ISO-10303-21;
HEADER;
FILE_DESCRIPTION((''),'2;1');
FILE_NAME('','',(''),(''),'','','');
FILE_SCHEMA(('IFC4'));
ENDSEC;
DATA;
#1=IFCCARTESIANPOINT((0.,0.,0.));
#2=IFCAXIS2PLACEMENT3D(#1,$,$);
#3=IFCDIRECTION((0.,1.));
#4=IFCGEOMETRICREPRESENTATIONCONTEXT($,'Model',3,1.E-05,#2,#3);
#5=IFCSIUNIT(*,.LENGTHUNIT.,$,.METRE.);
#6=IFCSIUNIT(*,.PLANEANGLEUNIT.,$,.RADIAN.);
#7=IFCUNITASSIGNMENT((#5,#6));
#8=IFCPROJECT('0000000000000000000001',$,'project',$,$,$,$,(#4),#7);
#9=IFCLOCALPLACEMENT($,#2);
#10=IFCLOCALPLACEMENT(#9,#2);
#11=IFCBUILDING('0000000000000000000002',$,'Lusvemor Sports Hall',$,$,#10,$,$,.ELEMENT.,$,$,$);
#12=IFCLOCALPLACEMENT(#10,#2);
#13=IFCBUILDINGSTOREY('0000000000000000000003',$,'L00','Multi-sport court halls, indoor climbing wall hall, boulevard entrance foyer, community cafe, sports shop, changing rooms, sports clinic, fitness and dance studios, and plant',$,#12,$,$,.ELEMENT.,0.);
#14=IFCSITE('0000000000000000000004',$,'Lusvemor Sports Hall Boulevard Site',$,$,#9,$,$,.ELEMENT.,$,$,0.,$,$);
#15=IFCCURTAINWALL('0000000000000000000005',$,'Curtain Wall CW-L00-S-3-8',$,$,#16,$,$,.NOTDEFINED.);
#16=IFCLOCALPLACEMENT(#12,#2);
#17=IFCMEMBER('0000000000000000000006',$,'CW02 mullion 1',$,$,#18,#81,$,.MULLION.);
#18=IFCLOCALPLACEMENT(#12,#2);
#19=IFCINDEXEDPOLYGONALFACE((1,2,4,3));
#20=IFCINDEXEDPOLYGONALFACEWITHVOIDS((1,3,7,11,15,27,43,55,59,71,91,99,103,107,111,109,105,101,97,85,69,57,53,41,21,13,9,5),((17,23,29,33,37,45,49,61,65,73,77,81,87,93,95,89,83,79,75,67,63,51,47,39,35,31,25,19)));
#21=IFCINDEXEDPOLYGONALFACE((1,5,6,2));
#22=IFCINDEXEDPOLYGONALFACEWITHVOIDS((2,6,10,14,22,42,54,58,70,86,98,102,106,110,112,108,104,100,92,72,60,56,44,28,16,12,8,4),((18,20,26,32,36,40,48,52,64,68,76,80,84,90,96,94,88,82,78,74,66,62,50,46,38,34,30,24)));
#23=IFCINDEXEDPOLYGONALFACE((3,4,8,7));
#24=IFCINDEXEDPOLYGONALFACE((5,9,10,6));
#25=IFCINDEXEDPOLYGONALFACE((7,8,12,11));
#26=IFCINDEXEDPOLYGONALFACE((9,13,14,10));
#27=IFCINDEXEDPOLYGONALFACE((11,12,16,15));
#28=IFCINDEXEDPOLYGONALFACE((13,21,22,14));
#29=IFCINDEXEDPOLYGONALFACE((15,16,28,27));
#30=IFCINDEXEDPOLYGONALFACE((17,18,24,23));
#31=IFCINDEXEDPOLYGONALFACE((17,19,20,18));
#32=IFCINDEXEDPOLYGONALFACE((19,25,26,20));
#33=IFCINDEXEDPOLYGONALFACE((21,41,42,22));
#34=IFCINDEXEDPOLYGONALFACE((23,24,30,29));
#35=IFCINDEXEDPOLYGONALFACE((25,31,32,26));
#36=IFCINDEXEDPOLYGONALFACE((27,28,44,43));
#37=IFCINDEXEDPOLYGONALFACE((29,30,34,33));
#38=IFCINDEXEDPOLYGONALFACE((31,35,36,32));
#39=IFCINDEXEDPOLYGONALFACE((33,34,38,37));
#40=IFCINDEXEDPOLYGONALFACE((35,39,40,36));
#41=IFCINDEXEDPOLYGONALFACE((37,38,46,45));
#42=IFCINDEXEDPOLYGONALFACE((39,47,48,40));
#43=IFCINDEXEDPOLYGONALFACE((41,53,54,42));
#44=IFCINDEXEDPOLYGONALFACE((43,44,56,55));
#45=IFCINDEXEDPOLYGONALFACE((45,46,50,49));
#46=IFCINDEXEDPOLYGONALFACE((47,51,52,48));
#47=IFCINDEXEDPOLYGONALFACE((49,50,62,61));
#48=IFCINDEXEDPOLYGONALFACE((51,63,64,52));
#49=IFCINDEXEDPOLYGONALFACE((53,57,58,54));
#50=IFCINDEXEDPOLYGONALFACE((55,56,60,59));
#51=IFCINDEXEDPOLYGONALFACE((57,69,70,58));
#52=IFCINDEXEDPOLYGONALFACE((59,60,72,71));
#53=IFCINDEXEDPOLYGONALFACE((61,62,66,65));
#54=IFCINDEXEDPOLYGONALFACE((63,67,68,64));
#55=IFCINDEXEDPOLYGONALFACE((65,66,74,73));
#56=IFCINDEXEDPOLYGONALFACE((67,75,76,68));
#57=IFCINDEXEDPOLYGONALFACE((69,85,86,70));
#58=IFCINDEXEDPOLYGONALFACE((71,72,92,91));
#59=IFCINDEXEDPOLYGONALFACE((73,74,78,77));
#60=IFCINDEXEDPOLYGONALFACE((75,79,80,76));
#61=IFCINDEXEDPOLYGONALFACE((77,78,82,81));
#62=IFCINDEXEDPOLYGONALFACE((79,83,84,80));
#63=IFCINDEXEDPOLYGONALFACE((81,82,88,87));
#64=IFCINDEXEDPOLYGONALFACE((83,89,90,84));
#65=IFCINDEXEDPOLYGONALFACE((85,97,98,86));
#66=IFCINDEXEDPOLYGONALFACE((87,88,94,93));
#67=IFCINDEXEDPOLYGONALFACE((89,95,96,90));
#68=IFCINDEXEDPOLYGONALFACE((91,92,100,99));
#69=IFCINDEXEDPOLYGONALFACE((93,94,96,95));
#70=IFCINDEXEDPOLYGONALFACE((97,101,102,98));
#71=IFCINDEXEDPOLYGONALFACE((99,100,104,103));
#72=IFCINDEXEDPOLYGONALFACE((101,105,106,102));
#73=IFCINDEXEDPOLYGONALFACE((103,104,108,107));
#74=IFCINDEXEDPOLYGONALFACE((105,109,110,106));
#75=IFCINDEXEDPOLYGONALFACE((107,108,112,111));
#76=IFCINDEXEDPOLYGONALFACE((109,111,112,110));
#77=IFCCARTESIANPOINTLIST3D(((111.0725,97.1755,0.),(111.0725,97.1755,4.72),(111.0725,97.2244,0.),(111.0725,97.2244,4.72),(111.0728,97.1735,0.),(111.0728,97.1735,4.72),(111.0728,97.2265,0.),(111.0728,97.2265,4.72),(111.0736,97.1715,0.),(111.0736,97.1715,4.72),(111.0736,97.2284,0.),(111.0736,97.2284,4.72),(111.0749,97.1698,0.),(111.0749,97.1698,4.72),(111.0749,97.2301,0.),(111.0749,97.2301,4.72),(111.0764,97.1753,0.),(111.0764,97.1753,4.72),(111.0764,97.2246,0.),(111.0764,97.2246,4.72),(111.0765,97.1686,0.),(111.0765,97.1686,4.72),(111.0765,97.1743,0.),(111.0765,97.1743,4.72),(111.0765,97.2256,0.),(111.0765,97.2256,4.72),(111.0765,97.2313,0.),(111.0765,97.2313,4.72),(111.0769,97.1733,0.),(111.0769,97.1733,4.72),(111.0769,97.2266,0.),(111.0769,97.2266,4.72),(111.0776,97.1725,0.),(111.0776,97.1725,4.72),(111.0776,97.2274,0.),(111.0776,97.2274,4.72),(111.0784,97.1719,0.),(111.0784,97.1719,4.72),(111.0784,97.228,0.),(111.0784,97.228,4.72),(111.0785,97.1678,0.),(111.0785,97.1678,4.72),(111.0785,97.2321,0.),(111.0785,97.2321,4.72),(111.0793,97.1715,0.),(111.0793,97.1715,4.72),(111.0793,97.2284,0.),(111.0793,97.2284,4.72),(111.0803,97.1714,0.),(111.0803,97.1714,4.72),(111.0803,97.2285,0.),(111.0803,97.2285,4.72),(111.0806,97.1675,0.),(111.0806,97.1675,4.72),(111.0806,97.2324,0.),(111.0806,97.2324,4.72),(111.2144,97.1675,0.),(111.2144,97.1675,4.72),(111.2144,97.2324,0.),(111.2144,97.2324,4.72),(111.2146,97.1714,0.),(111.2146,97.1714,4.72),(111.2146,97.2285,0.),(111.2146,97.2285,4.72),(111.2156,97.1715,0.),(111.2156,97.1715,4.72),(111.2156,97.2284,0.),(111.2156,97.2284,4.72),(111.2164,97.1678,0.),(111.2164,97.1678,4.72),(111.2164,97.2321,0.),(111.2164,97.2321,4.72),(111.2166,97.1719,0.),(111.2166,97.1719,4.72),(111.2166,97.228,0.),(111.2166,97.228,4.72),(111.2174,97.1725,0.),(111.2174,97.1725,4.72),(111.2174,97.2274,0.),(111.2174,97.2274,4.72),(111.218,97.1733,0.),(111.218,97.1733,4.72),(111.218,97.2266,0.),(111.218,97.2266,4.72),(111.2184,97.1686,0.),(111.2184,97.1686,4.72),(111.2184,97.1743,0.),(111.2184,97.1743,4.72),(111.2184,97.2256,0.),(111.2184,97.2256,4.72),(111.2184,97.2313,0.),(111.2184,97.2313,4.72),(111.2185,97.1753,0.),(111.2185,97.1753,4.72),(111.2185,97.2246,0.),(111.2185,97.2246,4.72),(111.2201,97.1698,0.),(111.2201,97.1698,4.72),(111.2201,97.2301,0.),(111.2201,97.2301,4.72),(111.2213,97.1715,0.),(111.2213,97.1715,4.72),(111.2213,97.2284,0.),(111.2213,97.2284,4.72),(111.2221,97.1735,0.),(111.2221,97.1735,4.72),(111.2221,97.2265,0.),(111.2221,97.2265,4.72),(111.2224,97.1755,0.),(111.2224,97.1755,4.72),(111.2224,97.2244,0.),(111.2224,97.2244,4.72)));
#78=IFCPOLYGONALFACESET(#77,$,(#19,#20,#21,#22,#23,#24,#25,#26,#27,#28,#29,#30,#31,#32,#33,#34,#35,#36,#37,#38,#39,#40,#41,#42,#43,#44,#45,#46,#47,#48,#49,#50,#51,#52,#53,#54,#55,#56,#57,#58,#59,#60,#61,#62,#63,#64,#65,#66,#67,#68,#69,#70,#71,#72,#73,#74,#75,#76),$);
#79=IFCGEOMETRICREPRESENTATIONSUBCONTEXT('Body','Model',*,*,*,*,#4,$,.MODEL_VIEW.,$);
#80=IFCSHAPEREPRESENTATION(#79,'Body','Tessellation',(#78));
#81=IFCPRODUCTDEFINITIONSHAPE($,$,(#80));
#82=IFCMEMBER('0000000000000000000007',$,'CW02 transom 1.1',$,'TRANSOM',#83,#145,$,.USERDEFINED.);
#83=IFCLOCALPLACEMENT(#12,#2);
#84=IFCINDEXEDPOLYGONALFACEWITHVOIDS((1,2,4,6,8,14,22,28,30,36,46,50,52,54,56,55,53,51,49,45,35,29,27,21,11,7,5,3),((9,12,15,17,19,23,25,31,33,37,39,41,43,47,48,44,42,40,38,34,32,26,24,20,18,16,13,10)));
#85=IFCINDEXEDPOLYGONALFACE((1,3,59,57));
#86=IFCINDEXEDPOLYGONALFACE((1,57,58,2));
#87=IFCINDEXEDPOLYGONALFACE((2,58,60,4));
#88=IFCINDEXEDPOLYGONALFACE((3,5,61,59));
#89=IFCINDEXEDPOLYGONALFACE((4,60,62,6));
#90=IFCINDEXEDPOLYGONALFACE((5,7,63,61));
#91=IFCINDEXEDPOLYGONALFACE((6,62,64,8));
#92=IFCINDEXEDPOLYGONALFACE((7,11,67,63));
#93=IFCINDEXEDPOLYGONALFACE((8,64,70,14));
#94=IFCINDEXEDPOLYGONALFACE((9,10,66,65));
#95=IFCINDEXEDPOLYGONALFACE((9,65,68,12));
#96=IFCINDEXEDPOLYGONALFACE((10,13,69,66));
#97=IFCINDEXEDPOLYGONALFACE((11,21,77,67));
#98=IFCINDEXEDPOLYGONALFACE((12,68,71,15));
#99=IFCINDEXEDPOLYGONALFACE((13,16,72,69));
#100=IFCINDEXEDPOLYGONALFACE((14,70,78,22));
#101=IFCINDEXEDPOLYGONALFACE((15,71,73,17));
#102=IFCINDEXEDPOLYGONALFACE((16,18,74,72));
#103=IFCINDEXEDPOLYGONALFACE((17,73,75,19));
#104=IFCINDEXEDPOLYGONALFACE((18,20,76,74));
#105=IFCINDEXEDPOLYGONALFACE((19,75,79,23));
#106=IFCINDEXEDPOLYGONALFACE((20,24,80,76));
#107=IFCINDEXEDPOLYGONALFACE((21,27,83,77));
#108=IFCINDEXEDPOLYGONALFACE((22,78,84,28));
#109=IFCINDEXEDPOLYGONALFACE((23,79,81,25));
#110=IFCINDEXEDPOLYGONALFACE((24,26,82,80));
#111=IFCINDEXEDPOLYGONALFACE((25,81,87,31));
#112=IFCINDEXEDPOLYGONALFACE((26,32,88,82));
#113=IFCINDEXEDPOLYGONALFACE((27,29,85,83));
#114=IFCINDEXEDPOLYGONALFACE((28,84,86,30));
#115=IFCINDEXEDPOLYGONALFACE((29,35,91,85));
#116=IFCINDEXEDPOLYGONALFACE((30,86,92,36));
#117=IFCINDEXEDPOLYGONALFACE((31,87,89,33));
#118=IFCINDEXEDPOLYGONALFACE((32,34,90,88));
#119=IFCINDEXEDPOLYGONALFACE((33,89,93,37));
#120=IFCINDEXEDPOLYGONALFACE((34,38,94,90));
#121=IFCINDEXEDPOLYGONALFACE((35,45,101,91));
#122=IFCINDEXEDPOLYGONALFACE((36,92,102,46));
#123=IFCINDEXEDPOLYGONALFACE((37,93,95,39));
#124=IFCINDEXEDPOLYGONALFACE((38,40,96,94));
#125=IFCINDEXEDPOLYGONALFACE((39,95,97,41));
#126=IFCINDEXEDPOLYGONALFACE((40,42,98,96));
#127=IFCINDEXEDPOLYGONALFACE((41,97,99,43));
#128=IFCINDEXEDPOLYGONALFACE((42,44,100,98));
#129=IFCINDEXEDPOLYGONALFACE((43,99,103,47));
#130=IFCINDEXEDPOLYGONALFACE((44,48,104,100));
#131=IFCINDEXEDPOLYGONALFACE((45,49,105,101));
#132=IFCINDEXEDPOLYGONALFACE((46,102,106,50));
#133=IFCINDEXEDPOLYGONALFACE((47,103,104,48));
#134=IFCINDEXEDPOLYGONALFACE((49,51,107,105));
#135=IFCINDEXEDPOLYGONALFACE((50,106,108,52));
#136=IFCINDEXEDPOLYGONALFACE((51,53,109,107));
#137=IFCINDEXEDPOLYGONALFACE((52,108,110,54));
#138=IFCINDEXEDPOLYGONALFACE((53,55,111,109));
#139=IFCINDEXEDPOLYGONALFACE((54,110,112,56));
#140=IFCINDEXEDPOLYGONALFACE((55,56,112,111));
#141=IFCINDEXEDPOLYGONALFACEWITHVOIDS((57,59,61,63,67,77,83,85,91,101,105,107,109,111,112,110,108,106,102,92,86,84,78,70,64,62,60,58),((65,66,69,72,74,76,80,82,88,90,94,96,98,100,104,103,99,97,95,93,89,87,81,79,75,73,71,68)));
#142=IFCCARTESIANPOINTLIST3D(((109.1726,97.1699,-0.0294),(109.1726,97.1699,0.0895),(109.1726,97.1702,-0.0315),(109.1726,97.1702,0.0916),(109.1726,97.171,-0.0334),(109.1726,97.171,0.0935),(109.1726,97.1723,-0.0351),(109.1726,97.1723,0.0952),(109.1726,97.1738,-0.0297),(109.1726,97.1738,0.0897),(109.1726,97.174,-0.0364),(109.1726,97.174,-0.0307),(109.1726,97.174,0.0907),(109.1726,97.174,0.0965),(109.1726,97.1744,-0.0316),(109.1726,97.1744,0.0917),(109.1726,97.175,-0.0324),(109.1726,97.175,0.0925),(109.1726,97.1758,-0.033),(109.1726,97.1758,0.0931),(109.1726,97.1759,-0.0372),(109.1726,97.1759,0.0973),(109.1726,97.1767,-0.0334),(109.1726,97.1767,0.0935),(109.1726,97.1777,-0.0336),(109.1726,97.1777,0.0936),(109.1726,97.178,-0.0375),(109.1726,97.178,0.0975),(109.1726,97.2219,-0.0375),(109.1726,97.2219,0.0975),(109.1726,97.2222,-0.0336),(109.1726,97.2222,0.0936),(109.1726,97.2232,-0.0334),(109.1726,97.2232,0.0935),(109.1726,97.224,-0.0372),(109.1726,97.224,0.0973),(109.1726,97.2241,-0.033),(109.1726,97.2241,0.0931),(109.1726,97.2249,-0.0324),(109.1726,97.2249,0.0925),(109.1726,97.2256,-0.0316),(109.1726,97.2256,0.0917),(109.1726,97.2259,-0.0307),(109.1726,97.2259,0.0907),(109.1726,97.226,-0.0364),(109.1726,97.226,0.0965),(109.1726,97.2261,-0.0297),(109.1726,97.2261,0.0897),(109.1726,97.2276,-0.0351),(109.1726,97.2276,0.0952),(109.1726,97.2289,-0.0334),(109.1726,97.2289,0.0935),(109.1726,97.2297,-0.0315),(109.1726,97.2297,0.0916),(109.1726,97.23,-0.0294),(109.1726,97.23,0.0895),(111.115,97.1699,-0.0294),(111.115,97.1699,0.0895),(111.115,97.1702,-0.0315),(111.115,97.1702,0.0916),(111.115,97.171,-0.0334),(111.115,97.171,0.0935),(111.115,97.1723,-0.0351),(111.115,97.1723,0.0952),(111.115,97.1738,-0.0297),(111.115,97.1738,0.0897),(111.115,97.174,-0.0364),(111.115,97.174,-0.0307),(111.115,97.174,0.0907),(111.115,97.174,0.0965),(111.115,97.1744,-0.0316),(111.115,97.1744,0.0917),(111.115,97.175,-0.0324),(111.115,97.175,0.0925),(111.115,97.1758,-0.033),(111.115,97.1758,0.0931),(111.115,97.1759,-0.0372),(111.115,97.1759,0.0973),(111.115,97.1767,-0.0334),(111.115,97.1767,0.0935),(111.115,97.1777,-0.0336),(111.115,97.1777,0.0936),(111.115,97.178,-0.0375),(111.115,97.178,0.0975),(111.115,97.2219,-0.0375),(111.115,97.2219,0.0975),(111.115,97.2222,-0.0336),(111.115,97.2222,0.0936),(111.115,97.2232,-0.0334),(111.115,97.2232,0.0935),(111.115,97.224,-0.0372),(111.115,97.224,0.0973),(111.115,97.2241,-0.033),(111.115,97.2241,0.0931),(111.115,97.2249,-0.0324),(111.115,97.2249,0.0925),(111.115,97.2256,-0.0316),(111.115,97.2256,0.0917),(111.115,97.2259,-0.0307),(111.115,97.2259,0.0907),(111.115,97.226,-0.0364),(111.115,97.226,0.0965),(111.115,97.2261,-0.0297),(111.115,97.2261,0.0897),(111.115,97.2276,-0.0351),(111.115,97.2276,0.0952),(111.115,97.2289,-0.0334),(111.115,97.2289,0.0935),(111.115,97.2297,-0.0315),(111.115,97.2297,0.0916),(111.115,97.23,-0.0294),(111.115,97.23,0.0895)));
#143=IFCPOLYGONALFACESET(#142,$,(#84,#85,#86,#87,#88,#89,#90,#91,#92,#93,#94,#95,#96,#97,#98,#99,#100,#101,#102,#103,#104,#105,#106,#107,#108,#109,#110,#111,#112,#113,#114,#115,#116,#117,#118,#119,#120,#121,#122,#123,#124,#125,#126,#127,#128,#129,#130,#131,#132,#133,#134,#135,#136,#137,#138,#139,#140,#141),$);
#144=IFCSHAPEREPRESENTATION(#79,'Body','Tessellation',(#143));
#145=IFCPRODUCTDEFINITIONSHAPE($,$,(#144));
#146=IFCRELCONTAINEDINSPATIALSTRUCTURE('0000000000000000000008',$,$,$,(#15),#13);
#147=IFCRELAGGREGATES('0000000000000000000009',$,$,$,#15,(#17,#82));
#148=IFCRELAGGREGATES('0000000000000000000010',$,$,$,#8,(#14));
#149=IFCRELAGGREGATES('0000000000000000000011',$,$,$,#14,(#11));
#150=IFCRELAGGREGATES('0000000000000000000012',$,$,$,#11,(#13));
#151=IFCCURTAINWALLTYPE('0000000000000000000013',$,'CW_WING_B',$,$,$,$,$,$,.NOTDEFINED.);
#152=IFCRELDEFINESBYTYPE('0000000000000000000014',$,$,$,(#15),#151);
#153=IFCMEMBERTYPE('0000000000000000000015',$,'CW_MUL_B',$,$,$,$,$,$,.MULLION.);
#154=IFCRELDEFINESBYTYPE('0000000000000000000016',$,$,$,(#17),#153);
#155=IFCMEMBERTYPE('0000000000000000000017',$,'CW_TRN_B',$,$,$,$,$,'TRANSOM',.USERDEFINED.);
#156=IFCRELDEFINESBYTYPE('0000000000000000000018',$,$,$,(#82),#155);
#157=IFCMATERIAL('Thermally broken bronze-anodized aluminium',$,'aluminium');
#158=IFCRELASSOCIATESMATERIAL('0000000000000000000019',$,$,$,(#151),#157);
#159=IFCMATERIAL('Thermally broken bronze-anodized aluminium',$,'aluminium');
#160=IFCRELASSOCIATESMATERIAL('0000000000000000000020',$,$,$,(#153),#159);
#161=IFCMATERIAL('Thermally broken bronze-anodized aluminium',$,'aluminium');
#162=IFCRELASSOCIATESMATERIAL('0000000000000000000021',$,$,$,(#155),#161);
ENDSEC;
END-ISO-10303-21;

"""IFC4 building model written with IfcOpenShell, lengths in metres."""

from ifc_helpers import new_model, si_unit, direction, frame, origin, origin_2d, place, context, subcontext, project, spatial, hollow_rectangle, extrude, material, material_profile, profile_set, type_object, element, aggregate, save


model = new_model("IFC4")

# Units and contexts
model_context = context("Model", 3, precision=1e-05, world=origin(), true_north=direction((0.0, 1.0)))
body_context = subcontext(model_context, "Body", "Model", "MODEL_VIEW")
ifc_project = project(units=[si_unit("LENGTHUNIT", "METRE"), si_unit("PLANEANGLEUNIT", "RADIAN")], contexts=[model_context])

# Site, building, storey
site_placement = place(None, origin())
site = spatial("IfcSite", under=ifc_project, at=site_placement, Name="Lusvemor Sports Hall Boulevard Site", CompositionType="ELEMENT", RefElevation=0.0)
building_placement = place(site_placement, origin())
building = spatial("IfcBuilding", under=site, at=building_placement, Name="Lusvemor Sports Hall", CompositionType="ELEMENT")
storey_placement = place(building_placement, origin())
storey = spatial("IfcBuildingStorey", under=building, at=storey_placement, Name="L00", Description="Multi-sport court halls, indoor climbing wall hall, boulevard entrance foyer, community cafe, sports shop, changing rooms, sports clinic, fitness and dance studios, and plant", CompositionType="ELEMENT", Elevation=0.0)

# Curtain wall, members
ifc_material_1 = material(Name="Thermally broken bronze-anodized aluminium", Category="aluminium")
curtain_wall_type = type_object("IfcCurtainWallType", Name="CW_WING_B", PredefinedType="NOTDEFINED", material=ifc_material_1)
curtain_wall_placement = place(storey_placement, origin())
curtain_wall = element("IfcCurtainWall", 1, at=curtain_wall_placement, inside=storey, type_object=curtain_wall_type, Name="Curtain Wall CW-L00-S-3-8", PredefinedType="NOTDEFINED")
ifc_material_2 = material(Name="Thermally broken bronze-anodized aluminium", Category="aluminium")
ifc_material_profile_1 = material_profile(ifc_material_2, hollow_rectangle(XDim=0.0649, YDim=0.1499, WallThickness=0.0039, InnerFilletRadius=0.0039, OuterFilletRadius=0.0081, at=origin_2d()), Name="CWMUL150x65x4")
ifc_profile_set_1 = profile_set([ifc_material_profile_1], Name="Thermally broken bronze-anodized aluminium")
member_type_1 = type_object("IfcMemberType", Name="CW_MUL_B", PredefinedType="MULLION", material=ifc_profile_set_1)
member_1_placement = place(storey_placement, frame((111.1475, 97.2, 0.0), z_axis=(0.0, 0.0, 1.0), x_axis=(0.0, -1.0, 0.0)))
member_1 = element("IfcMember", 2, at=member_1_placement, type_object=member_type_1, Name="CW02 mullion 1", PredefinedType="MULLION", context=body_context, shape_type="SweptSolid", body=[
    extrude(hollow_rectangle(XDim=0.0649, YDim=0.1499, WallThickness=0.0039, InnerFilletRadius=0.0039, OuterFilletRadius=0.0081, at=origin_2d()), origin(), (0.0, 0.0, 1.0), 4.72),
])
ifc_material_3 = material(Name="Thermally broken bronze-anodized aluminium", Category="aluminium")
ifc_material_profile_2 = material_profile(ifc_material_3, hollow_rectangle(XDim=0.0601, YDim=0.135, WallThickness=0.0039, InnerFilletRadius=0.0039, OuterFilletRadius=0.0081, at=origin_2d()), Name="CWTRN135x60x4")
ifc_profile_set_2 = profile_set([ifc_material_profile_2], Name="Thermally broken bronze-anodized aluminium")
member_type_2 = type_object("IfcMemberType", Name="CW_TRN_B", ElementType="TRANSOM", PredefinedType="USERDEFINED", material=ifc_profile_set_2)
member_2_placement = place(storey_placement, frame((111.115, 97.2, 0.03), z_axis=(-1.0, 0.0, 0.0), x_axis=(0.0, -1.0, 0.0)))
member_2 = element("IfcMember", 3, at=member_2_placement, type_object=member_type_2, Name="CW02 transom 1.1", ObjectType="TRANSOM", PredefinedType="USERDEFINED", context=body_context, shape_type="SweptSolid", body=[
    extrude(hollow_rectangle(XDim=0.0601, YDim=0.135, WallThickness=0.0039, InnerFilletRadius=0.0039, OuterFilletRadius=0.0081, at=origin_2d()), origin(), (0.0, 0.0, 1.0), 1.9424),
])
aggregate(curtain_wall, [member_1, member_2])

save(model, "model.ifc")
